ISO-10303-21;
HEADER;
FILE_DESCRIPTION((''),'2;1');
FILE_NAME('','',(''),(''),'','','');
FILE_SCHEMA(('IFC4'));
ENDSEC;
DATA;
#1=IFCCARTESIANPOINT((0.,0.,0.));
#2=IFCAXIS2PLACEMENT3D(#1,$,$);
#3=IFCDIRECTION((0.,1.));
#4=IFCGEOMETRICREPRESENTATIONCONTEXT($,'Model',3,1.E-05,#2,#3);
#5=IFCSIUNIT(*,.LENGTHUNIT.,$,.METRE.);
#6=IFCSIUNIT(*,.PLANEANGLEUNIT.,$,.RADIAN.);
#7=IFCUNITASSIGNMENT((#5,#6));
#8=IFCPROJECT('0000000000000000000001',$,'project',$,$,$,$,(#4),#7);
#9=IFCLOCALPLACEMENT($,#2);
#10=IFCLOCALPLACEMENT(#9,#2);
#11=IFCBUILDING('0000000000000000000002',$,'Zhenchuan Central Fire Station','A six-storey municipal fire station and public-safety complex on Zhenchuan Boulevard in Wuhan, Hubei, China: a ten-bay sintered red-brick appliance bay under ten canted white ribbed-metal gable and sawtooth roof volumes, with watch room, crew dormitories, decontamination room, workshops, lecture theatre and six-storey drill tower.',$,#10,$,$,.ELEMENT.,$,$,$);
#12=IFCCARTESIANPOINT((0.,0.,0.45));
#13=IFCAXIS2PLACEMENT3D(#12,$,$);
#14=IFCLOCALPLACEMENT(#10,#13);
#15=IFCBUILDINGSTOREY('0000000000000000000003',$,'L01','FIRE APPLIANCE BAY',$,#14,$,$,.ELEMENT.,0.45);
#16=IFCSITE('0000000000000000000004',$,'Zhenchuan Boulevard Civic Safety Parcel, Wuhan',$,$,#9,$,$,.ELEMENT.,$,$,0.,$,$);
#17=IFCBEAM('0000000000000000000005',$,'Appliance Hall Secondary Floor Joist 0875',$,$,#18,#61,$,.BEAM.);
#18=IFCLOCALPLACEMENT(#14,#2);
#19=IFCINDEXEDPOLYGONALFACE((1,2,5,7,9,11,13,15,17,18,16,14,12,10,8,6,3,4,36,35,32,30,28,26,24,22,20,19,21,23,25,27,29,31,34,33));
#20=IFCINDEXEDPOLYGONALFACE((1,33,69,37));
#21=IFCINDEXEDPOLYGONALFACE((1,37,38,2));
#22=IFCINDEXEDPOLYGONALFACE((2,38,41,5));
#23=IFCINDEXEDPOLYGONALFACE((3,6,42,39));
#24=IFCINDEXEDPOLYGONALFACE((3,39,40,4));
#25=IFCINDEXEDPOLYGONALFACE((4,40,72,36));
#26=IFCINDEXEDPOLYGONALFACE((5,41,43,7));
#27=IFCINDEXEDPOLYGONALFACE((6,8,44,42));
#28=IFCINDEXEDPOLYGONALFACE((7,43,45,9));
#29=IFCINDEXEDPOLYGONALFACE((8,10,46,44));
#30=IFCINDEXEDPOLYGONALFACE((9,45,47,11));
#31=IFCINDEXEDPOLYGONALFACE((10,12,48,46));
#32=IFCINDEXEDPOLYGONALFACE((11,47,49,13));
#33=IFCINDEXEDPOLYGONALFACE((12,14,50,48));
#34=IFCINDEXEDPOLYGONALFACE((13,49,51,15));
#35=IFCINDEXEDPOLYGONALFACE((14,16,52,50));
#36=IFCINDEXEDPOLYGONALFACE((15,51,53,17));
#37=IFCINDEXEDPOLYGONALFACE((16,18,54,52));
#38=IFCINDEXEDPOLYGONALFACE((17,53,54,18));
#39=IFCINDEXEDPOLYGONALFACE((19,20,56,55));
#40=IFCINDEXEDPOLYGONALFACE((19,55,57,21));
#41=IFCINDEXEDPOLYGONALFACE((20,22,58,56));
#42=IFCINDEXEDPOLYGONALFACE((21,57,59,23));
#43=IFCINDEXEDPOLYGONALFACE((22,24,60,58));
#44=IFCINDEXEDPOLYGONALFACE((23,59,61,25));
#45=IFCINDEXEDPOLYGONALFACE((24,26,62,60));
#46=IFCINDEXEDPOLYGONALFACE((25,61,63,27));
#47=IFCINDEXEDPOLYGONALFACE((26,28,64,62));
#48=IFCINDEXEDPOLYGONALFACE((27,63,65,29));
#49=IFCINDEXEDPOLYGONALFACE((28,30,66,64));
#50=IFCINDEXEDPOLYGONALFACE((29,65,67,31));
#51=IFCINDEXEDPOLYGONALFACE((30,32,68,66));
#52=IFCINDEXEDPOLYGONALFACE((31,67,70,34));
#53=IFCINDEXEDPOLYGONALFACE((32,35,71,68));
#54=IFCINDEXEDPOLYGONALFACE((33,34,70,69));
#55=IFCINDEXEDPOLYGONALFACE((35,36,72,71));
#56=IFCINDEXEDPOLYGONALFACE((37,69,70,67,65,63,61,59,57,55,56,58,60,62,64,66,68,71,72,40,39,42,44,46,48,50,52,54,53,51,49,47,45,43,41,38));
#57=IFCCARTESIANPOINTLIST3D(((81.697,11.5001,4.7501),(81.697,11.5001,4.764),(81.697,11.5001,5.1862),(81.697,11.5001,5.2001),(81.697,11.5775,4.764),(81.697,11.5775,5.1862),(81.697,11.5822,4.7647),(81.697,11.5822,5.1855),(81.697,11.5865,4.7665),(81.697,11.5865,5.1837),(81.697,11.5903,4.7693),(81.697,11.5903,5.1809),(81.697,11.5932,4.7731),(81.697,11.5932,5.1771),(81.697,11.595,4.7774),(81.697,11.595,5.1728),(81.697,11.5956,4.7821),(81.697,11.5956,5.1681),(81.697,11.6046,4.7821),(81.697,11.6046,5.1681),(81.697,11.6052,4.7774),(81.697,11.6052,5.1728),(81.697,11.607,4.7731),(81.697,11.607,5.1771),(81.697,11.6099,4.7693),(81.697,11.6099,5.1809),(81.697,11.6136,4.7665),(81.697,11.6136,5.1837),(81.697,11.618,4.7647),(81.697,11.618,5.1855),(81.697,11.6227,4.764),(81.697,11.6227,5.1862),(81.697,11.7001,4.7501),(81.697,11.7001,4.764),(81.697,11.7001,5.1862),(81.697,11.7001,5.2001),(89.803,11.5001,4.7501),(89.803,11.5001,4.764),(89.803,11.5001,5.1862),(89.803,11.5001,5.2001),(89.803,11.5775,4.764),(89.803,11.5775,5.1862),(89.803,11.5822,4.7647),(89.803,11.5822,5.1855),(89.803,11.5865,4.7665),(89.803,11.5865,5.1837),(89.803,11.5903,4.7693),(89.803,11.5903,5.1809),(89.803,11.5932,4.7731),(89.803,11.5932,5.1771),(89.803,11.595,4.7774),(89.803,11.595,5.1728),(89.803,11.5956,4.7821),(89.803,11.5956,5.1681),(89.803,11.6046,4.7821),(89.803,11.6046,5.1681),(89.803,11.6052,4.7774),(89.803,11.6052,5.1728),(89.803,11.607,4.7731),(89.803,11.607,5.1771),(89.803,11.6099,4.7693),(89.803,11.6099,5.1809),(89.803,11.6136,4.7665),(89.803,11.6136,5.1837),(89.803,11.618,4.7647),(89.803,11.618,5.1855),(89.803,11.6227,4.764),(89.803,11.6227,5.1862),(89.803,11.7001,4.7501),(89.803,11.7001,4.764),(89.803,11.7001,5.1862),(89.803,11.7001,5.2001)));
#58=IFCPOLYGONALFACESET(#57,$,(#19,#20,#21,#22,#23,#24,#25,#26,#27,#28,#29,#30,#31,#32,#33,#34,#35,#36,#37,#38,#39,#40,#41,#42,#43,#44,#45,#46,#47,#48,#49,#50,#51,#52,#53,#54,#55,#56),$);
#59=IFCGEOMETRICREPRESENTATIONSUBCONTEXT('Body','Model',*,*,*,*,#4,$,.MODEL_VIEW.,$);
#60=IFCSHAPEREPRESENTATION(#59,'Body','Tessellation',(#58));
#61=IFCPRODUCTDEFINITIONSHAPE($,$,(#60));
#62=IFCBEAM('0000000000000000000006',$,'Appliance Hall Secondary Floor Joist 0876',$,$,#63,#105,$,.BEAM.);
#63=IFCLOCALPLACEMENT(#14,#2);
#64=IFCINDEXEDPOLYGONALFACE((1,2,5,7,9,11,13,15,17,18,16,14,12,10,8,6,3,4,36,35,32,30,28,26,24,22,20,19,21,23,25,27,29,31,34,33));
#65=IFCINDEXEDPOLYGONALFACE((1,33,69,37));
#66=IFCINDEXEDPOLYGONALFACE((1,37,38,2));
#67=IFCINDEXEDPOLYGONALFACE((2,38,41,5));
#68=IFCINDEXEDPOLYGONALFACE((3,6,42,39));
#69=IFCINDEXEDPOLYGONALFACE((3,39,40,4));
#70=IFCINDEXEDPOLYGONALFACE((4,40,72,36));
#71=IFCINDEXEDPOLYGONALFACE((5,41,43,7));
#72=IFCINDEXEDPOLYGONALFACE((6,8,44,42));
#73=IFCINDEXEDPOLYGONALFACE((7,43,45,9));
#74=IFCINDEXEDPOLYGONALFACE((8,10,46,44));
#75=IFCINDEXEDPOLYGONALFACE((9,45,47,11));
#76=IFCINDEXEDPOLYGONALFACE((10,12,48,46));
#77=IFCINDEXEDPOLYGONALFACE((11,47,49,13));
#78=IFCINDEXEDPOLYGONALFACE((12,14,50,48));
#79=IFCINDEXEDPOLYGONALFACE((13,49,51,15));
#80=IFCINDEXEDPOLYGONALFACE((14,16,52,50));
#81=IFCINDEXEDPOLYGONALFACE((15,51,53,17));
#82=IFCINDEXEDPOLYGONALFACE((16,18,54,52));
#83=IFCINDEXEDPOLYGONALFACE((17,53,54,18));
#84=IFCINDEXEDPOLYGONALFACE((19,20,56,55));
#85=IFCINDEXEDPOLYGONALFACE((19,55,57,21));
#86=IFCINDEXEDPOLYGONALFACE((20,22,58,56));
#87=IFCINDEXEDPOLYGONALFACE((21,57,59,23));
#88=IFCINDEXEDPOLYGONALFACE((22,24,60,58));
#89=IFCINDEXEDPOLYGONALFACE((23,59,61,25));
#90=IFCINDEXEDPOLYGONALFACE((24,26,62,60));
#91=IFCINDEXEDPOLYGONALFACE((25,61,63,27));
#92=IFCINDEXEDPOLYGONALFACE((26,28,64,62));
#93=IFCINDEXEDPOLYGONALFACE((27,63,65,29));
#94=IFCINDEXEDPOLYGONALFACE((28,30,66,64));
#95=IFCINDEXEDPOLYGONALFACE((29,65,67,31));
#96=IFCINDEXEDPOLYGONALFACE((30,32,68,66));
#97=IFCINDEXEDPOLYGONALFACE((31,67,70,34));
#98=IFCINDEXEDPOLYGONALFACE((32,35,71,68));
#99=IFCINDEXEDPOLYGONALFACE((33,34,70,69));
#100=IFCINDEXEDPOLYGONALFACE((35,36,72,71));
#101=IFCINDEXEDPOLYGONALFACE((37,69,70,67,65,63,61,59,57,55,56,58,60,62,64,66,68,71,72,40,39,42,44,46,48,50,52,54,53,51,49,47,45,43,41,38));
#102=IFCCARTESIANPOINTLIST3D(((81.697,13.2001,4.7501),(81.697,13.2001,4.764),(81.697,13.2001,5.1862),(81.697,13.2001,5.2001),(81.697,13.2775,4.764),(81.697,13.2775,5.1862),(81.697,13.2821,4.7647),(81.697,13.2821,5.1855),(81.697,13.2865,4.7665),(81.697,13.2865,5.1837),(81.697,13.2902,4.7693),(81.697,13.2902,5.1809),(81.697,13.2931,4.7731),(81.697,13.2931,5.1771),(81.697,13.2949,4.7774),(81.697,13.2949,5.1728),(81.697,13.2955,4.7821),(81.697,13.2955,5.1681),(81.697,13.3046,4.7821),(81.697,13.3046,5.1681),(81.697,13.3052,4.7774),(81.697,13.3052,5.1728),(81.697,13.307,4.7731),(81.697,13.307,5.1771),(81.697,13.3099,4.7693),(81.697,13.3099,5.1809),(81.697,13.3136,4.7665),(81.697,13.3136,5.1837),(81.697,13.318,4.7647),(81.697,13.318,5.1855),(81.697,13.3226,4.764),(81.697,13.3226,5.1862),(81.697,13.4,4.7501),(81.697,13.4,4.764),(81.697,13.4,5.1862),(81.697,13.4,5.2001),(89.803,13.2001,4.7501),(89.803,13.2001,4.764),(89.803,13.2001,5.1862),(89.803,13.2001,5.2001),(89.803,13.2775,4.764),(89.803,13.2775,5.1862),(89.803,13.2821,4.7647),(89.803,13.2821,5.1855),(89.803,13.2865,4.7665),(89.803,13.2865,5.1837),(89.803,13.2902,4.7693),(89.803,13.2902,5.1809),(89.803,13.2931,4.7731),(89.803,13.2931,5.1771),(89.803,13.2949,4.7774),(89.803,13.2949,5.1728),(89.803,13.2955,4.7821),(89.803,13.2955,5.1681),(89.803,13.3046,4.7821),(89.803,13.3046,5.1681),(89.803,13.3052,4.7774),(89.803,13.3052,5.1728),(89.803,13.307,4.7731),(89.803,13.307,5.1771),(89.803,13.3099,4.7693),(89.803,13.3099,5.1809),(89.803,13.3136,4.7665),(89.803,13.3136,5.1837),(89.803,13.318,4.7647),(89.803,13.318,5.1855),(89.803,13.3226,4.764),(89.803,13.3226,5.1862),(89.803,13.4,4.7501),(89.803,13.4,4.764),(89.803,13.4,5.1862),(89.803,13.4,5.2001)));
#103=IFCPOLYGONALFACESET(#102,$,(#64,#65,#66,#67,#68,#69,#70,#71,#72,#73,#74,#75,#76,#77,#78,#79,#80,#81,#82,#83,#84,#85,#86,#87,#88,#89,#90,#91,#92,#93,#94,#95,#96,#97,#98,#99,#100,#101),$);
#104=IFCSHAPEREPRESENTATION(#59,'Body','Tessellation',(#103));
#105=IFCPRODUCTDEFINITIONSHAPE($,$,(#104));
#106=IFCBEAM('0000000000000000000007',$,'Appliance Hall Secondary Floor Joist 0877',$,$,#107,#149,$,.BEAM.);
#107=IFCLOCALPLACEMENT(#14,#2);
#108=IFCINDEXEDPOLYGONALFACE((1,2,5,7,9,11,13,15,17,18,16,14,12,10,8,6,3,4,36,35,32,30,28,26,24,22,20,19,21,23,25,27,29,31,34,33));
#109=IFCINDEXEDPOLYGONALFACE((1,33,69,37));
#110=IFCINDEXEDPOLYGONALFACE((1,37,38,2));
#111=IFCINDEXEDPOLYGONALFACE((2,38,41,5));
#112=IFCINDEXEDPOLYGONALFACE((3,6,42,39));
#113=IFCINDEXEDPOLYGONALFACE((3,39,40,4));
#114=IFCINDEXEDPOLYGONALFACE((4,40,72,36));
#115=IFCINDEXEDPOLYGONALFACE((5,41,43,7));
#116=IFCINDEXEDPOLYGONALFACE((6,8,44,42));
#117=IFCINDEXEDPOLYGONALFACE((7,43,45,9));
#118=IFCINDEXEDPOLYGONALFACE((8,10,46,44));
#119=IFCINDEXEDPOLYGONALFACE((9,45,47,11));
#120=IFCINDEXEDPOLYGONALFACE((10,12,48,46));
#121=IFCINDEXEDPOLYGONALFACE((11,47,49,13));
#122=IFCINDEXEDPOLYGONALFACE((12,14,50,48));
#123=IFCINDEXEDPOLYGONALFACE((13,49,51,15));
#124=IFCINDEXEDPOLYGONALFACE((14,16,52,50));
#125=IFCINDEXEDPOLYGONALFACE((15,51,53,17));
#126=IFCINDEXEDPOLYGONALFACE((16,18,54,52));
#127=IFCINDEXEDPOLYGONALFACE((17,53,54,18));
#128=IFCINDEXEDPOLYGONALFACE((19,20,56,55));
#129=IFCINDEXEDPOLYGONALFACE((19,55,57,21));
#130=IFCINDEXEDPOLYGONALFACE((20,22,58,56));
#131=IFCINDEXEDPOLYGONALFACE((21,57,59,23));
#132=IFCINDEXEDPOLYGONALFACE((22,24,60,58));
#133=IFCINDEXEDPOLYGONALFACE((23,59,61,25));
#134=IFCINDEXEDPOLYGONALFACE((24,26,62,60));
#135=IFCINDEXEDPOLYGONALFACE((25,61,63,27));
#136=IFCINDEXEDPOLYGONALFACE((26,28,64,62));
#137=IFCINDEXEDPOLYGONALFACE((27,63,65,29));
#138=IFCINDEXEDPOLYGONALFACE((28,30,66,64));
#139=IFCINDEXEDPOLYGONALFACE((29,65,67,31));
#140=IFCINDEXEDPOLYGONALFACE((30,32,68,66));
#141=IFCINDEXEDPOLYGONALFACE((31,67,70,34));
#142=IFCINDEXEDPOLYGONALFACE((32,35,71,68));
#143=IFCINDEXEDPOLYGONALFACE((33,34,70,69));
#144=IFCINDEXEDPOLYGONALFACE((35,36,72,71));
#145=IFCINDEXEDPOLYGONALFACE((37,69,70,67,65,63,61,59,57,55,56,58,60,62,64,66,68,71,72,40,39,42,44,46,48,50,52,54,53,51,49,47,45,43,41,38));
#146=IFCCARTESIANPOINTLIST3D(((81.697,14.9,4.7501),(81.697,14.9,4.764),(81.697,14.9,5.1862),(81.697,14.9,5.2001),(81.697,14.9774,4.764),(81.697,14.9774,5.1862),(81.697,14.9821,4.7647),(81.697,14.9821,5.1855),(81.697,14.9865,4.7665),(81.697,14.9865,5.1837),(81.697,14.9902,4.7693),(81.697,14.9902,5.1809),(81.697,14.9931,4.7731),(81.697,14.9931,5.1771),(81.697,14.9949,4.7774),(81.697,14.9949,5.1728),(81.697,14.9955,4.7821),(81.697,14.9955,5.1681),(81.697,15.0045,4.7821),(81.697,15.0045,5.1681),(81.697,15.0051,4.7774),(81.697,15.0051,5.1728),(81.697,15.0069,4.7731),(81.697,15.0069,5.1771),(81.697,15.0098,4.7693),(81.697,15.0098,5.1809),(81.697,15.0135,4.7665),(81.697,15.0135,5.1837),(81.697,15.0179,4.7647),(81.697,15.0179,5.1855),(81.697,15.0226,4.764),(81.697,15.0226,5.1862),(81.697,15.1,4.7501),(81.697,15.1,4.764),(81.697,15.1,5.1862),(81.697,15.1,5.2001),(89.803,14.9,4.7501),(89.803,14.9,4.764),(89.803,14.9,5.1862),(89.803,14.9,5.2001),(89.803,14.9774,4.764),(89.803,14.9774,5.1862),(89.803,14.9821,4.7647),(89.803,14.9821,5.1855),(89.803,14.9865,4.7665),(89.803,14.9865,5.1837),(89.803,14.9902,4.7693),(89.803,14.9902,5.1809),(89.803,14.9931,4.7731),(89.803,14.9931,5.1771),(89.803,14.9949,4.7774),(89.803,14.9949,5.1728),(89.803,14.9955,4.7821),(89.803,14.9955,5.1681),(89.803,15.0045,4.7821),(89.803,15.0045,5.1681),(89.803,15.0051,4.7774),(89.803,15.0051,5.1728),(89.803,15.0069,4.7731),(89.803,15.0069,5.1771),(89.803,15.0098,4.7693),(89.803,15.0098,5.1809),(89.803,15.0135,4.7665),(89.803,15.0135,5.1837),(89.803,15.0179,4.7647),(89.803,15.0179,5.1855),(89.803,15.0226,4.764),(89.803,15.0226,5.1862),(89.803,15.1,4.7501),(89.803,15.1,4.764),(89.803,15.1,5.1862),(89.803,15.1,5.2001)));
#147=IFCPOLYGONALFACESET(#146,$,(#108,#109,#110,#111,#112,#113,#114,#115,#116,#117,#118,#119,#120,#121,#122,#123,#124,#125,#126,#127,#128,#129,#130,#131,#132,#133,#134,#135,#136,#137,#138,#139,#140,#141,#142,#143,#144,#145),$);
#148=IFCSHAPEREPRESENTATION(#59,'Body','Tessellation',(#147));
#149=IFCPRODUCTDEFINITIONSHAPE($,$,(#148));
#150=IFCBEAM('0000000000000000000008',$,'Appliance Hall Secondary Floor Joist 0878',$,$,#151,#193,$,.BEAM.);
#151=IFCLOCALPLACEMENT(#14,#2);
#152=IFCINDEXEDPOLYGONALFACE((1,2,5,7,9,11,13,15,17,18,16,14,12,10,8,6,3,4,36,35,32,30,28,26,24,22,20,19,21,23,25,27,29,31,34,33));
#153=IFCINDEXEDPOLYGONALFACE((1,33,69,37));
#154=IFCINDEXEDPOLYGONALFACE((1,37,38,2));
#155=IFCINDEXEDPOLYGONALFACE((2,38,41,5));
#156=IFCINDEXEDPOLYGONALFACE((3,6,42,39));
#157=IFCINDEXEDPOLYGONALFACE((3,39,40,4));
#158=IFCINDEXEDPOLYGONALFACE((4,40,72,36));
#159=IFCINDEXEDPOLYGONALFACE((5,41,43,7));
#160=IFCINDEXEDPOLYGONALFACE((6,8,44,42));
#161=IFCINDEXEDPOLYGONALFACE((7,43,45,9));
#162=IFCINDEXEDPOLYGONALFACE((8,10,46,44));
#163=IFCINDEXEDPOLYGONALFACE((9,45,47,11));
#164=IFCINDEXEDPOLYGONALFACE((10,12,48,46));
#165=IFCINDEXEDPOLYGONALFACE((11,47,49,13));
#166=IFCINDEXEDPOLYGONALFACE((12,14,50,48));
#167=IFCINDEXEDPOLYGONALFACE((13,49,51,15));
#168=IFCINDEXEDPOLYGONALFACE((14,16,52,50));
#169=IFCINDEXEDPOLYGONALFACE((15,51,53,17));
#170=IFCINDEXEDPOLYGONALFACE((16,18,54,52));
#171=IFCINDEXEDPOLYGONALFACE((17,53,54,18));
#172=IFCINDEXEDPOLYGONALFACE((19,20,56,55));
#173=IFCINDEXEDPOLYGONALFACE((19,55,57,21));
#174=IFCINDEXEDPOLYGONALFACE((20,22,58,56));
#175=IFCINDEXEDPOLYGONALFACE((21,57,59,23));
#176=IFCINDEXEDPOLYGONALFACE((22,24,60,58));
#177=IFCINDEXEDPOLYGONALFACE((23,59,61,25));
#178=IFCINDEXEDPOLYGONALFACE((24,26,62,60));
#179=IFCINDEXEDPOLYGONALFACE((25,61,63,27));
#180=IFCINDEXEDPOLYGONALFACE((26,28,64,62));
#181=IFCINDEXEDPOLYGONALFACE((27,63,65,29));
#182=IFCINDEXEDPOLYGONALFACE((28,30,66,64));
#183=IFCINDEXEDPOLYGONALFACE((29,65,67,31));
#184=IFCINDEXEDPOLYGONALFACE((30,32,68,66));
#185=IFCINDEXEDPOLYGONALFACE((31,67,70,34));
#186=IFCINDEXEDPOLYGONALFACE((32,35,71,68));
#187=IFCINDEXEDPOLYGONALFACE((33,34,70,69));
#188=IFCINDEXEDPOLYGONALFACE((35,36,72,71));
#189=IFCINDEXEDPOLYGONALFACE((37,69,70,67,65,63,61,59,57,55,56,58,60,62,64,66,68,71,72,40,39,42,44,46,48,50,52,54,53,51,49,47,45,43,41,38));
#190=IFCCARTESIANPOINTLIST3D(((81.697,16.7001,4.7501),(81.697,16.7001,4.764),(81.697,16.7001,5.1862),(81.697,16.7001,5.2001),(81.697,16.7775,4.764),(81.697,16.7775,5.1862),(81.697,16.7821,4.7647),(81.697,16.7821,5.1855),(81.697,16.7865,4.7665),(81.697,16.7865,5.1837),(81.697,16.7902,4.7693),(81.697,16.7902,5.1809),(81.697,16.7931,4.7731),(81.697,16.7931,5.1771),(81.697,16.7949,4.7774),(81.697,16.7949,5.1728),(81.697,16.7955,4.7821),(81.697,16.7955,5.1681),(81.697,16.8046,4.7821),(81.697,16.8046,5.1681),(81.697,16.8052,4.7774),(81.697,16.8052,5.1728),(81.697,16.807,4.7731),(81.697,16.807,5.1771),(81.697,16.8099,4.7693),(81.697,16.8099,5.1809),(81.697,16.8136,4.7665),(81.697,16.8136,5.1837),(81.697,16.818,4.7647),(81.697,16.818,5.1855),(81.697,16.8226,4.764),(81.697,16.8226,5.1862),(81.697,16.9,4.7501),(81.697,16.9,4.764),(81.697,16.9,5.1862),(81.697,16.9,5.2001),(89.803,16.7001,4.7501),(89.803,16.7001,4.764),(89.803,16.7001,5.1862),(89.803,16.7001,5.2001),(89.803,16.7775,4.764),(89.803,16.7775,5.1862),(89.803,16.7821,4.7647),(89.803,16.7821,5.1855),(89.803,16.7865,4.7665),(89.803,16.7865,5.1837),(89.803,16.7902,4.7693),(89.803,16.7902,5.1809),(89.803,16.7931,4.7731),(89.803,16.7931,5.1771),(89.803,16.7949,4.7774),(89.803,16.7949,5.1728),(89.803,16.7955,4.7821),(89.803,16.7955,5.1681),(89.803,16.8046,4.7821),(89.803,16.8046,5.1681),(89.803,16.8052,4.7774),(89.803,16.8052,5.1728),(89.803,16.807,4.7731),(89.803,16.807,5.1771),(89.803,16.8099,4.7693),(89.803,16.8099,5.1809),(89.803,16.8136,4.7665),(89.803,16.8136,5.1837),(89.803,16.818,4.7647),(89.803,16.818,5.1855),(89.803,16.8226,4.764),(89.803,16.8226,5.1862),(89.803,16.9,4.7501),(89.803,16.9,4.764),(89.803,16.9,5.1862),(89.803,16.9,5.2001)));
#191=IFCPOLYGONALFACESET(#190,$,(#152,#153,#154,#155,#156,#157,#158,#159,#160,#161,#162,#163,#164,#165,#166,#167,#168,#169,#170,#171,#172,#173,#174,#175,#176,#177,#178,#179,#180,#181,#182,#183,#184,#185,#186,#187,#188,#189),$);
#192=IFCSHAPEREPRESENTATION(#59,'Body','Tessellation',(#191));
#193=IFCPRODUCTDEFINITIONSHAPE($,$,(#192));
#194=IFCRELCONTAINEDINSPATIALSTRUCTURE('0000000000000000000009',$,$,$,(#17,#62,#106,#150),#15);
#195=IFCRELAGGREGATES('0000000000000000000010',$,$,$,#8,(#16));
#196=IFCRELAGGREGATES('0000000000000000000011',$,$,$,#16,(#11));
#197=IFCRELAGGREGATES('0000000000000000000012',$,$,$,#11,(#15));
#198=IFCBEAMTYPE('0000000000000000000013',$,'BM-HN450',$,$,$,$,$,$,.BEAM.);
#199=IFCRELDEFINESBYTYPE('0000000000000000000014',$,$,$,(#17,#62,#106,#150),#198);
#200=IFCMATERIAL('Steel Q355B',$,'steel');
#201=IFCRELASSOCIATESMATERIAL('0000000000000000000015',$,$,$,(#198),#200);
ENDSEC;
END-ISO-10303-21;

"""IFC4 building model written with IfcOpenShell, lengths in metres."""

from ifc_helpers import new_model, si_unit, direction, frame, origin, origin_2d, place, context, subcontext, project, spatial, i_section, extrude, material, material_profile, profile_set, type_object, element, save


model = new_model("IFC4")

# Units and contexts
model_context = context("Model", 3, precision=1e-05, world=origin(), true_north=direction((0.0, 1.0)))
body_context = subcontext(model_context, "Body", "Model", "MODEL_VIEW")
ifc_project = project(units=[si_unit("LENGTHUNIT", "METRE"), si_unit("PLANEANGLEUNIT", "RADIAN")], contexts=[model_context])

# Site, building, storey
site_placement = place(None, origin())
site = spatial("IfcSite", under=ifc_project, at=site_placement, Name="Zhenchuan Boulevard Civic Safety Parcel, Wuhan", CompositionType="ELEMENT", RefElevation=0.0)
building_placement = place(site_placement, origin())
building = spatial("IfcBuilding", under=site, at=building_placement, Name="Zhenchuan Central Fire Station", Description="A six-storey municipal fire station and public-safety complex on Zhenchuan Boulevard in Wuhan, Hubei, China: a ten-bay sintered red-brick appliance bay under ten canted white ribbed-metal gable and sawtooth roof volumes, with watch room, crew dormitories, decontamination room, workshops, lecture theatre and six-storey drill tower.", CompositionType="ELEMENT")
storey_placement = place(building_placement, frame((0.0, 0.0, 0.45)))
storey = spatial("IfcBuildingStorey", under=building, at=storey_placement, Name="L01", Description="FIRE APPLIANCE BAY", CompositionType="ELEMENT", Elevation=0.45)

# Shared definitions
ifc_material_1 = material(Name="Steel Q355B", Category="steel")

# Beams
ifc_material_profile_1 = material_profile(ifc_material_1, i_section(OverallWidth=0.2, OverallDepth=0.45, WebThickness=0.009, FlangeThickness=0.0139, FilletRadius=0.0181, at=origin_2d()), Name="HN 450x200")
ifc_profile_set_1 = profile_set([ifc_material_profile_1], Name="Steel Q355B")
beam_type_1 = type_object("IfcBeamType", Name="BM-HN450", PredefinedType="BEAM", material=ifc_profile_set_1)
for number, where, z_axis, x_axis, name in (
    (1, (81.697, 11.6001, 4.9751), (1.0, 0.0, 0.0), (0.0, 1.0, 0.0), "Appliance Hall Secondary Floor Joist 0875"),
    (2, (81.697, 13.3, 4.9751), (1.0, 0.0, 0.0), (0.0, 1.0, 0.0), "Appliance Hall Secondary Floor Joist 0876"),
    (3, (81.697, 15.0, 4.9751), (1.0, 0.0, 0.0), (0.0, 1.0, 0.0), "Appliance Hall Secondary Floor Joist 0877"),
    (4, (81.697, 16.8, 4.9751), (1.0, 0.0, 0.0), (0.0, 1.0, 0.0), "Appliance Hall Secondary Floor Joist 0878"),
):
    element("IfcBeam", number, at=place(storey_placement, frame(where, z_axis=z_axis, x_axis=x_axis)), inside=storey, type_object=beam_type_1, Name=name, PredefinedType="BEAM", context=body_context, shape_type="SweptSolid", body=[
        extrude(i_section(OverallWidth=0.2, OverallDepth=0.45, WebThickness=0.009, FlangeThickness=0.0139, FilletRadius=0.0181, at=origin_2d()), origin(), (0.0, 0.0, 1.0), 8.106),
    ])

save(model, "model.ifc")
